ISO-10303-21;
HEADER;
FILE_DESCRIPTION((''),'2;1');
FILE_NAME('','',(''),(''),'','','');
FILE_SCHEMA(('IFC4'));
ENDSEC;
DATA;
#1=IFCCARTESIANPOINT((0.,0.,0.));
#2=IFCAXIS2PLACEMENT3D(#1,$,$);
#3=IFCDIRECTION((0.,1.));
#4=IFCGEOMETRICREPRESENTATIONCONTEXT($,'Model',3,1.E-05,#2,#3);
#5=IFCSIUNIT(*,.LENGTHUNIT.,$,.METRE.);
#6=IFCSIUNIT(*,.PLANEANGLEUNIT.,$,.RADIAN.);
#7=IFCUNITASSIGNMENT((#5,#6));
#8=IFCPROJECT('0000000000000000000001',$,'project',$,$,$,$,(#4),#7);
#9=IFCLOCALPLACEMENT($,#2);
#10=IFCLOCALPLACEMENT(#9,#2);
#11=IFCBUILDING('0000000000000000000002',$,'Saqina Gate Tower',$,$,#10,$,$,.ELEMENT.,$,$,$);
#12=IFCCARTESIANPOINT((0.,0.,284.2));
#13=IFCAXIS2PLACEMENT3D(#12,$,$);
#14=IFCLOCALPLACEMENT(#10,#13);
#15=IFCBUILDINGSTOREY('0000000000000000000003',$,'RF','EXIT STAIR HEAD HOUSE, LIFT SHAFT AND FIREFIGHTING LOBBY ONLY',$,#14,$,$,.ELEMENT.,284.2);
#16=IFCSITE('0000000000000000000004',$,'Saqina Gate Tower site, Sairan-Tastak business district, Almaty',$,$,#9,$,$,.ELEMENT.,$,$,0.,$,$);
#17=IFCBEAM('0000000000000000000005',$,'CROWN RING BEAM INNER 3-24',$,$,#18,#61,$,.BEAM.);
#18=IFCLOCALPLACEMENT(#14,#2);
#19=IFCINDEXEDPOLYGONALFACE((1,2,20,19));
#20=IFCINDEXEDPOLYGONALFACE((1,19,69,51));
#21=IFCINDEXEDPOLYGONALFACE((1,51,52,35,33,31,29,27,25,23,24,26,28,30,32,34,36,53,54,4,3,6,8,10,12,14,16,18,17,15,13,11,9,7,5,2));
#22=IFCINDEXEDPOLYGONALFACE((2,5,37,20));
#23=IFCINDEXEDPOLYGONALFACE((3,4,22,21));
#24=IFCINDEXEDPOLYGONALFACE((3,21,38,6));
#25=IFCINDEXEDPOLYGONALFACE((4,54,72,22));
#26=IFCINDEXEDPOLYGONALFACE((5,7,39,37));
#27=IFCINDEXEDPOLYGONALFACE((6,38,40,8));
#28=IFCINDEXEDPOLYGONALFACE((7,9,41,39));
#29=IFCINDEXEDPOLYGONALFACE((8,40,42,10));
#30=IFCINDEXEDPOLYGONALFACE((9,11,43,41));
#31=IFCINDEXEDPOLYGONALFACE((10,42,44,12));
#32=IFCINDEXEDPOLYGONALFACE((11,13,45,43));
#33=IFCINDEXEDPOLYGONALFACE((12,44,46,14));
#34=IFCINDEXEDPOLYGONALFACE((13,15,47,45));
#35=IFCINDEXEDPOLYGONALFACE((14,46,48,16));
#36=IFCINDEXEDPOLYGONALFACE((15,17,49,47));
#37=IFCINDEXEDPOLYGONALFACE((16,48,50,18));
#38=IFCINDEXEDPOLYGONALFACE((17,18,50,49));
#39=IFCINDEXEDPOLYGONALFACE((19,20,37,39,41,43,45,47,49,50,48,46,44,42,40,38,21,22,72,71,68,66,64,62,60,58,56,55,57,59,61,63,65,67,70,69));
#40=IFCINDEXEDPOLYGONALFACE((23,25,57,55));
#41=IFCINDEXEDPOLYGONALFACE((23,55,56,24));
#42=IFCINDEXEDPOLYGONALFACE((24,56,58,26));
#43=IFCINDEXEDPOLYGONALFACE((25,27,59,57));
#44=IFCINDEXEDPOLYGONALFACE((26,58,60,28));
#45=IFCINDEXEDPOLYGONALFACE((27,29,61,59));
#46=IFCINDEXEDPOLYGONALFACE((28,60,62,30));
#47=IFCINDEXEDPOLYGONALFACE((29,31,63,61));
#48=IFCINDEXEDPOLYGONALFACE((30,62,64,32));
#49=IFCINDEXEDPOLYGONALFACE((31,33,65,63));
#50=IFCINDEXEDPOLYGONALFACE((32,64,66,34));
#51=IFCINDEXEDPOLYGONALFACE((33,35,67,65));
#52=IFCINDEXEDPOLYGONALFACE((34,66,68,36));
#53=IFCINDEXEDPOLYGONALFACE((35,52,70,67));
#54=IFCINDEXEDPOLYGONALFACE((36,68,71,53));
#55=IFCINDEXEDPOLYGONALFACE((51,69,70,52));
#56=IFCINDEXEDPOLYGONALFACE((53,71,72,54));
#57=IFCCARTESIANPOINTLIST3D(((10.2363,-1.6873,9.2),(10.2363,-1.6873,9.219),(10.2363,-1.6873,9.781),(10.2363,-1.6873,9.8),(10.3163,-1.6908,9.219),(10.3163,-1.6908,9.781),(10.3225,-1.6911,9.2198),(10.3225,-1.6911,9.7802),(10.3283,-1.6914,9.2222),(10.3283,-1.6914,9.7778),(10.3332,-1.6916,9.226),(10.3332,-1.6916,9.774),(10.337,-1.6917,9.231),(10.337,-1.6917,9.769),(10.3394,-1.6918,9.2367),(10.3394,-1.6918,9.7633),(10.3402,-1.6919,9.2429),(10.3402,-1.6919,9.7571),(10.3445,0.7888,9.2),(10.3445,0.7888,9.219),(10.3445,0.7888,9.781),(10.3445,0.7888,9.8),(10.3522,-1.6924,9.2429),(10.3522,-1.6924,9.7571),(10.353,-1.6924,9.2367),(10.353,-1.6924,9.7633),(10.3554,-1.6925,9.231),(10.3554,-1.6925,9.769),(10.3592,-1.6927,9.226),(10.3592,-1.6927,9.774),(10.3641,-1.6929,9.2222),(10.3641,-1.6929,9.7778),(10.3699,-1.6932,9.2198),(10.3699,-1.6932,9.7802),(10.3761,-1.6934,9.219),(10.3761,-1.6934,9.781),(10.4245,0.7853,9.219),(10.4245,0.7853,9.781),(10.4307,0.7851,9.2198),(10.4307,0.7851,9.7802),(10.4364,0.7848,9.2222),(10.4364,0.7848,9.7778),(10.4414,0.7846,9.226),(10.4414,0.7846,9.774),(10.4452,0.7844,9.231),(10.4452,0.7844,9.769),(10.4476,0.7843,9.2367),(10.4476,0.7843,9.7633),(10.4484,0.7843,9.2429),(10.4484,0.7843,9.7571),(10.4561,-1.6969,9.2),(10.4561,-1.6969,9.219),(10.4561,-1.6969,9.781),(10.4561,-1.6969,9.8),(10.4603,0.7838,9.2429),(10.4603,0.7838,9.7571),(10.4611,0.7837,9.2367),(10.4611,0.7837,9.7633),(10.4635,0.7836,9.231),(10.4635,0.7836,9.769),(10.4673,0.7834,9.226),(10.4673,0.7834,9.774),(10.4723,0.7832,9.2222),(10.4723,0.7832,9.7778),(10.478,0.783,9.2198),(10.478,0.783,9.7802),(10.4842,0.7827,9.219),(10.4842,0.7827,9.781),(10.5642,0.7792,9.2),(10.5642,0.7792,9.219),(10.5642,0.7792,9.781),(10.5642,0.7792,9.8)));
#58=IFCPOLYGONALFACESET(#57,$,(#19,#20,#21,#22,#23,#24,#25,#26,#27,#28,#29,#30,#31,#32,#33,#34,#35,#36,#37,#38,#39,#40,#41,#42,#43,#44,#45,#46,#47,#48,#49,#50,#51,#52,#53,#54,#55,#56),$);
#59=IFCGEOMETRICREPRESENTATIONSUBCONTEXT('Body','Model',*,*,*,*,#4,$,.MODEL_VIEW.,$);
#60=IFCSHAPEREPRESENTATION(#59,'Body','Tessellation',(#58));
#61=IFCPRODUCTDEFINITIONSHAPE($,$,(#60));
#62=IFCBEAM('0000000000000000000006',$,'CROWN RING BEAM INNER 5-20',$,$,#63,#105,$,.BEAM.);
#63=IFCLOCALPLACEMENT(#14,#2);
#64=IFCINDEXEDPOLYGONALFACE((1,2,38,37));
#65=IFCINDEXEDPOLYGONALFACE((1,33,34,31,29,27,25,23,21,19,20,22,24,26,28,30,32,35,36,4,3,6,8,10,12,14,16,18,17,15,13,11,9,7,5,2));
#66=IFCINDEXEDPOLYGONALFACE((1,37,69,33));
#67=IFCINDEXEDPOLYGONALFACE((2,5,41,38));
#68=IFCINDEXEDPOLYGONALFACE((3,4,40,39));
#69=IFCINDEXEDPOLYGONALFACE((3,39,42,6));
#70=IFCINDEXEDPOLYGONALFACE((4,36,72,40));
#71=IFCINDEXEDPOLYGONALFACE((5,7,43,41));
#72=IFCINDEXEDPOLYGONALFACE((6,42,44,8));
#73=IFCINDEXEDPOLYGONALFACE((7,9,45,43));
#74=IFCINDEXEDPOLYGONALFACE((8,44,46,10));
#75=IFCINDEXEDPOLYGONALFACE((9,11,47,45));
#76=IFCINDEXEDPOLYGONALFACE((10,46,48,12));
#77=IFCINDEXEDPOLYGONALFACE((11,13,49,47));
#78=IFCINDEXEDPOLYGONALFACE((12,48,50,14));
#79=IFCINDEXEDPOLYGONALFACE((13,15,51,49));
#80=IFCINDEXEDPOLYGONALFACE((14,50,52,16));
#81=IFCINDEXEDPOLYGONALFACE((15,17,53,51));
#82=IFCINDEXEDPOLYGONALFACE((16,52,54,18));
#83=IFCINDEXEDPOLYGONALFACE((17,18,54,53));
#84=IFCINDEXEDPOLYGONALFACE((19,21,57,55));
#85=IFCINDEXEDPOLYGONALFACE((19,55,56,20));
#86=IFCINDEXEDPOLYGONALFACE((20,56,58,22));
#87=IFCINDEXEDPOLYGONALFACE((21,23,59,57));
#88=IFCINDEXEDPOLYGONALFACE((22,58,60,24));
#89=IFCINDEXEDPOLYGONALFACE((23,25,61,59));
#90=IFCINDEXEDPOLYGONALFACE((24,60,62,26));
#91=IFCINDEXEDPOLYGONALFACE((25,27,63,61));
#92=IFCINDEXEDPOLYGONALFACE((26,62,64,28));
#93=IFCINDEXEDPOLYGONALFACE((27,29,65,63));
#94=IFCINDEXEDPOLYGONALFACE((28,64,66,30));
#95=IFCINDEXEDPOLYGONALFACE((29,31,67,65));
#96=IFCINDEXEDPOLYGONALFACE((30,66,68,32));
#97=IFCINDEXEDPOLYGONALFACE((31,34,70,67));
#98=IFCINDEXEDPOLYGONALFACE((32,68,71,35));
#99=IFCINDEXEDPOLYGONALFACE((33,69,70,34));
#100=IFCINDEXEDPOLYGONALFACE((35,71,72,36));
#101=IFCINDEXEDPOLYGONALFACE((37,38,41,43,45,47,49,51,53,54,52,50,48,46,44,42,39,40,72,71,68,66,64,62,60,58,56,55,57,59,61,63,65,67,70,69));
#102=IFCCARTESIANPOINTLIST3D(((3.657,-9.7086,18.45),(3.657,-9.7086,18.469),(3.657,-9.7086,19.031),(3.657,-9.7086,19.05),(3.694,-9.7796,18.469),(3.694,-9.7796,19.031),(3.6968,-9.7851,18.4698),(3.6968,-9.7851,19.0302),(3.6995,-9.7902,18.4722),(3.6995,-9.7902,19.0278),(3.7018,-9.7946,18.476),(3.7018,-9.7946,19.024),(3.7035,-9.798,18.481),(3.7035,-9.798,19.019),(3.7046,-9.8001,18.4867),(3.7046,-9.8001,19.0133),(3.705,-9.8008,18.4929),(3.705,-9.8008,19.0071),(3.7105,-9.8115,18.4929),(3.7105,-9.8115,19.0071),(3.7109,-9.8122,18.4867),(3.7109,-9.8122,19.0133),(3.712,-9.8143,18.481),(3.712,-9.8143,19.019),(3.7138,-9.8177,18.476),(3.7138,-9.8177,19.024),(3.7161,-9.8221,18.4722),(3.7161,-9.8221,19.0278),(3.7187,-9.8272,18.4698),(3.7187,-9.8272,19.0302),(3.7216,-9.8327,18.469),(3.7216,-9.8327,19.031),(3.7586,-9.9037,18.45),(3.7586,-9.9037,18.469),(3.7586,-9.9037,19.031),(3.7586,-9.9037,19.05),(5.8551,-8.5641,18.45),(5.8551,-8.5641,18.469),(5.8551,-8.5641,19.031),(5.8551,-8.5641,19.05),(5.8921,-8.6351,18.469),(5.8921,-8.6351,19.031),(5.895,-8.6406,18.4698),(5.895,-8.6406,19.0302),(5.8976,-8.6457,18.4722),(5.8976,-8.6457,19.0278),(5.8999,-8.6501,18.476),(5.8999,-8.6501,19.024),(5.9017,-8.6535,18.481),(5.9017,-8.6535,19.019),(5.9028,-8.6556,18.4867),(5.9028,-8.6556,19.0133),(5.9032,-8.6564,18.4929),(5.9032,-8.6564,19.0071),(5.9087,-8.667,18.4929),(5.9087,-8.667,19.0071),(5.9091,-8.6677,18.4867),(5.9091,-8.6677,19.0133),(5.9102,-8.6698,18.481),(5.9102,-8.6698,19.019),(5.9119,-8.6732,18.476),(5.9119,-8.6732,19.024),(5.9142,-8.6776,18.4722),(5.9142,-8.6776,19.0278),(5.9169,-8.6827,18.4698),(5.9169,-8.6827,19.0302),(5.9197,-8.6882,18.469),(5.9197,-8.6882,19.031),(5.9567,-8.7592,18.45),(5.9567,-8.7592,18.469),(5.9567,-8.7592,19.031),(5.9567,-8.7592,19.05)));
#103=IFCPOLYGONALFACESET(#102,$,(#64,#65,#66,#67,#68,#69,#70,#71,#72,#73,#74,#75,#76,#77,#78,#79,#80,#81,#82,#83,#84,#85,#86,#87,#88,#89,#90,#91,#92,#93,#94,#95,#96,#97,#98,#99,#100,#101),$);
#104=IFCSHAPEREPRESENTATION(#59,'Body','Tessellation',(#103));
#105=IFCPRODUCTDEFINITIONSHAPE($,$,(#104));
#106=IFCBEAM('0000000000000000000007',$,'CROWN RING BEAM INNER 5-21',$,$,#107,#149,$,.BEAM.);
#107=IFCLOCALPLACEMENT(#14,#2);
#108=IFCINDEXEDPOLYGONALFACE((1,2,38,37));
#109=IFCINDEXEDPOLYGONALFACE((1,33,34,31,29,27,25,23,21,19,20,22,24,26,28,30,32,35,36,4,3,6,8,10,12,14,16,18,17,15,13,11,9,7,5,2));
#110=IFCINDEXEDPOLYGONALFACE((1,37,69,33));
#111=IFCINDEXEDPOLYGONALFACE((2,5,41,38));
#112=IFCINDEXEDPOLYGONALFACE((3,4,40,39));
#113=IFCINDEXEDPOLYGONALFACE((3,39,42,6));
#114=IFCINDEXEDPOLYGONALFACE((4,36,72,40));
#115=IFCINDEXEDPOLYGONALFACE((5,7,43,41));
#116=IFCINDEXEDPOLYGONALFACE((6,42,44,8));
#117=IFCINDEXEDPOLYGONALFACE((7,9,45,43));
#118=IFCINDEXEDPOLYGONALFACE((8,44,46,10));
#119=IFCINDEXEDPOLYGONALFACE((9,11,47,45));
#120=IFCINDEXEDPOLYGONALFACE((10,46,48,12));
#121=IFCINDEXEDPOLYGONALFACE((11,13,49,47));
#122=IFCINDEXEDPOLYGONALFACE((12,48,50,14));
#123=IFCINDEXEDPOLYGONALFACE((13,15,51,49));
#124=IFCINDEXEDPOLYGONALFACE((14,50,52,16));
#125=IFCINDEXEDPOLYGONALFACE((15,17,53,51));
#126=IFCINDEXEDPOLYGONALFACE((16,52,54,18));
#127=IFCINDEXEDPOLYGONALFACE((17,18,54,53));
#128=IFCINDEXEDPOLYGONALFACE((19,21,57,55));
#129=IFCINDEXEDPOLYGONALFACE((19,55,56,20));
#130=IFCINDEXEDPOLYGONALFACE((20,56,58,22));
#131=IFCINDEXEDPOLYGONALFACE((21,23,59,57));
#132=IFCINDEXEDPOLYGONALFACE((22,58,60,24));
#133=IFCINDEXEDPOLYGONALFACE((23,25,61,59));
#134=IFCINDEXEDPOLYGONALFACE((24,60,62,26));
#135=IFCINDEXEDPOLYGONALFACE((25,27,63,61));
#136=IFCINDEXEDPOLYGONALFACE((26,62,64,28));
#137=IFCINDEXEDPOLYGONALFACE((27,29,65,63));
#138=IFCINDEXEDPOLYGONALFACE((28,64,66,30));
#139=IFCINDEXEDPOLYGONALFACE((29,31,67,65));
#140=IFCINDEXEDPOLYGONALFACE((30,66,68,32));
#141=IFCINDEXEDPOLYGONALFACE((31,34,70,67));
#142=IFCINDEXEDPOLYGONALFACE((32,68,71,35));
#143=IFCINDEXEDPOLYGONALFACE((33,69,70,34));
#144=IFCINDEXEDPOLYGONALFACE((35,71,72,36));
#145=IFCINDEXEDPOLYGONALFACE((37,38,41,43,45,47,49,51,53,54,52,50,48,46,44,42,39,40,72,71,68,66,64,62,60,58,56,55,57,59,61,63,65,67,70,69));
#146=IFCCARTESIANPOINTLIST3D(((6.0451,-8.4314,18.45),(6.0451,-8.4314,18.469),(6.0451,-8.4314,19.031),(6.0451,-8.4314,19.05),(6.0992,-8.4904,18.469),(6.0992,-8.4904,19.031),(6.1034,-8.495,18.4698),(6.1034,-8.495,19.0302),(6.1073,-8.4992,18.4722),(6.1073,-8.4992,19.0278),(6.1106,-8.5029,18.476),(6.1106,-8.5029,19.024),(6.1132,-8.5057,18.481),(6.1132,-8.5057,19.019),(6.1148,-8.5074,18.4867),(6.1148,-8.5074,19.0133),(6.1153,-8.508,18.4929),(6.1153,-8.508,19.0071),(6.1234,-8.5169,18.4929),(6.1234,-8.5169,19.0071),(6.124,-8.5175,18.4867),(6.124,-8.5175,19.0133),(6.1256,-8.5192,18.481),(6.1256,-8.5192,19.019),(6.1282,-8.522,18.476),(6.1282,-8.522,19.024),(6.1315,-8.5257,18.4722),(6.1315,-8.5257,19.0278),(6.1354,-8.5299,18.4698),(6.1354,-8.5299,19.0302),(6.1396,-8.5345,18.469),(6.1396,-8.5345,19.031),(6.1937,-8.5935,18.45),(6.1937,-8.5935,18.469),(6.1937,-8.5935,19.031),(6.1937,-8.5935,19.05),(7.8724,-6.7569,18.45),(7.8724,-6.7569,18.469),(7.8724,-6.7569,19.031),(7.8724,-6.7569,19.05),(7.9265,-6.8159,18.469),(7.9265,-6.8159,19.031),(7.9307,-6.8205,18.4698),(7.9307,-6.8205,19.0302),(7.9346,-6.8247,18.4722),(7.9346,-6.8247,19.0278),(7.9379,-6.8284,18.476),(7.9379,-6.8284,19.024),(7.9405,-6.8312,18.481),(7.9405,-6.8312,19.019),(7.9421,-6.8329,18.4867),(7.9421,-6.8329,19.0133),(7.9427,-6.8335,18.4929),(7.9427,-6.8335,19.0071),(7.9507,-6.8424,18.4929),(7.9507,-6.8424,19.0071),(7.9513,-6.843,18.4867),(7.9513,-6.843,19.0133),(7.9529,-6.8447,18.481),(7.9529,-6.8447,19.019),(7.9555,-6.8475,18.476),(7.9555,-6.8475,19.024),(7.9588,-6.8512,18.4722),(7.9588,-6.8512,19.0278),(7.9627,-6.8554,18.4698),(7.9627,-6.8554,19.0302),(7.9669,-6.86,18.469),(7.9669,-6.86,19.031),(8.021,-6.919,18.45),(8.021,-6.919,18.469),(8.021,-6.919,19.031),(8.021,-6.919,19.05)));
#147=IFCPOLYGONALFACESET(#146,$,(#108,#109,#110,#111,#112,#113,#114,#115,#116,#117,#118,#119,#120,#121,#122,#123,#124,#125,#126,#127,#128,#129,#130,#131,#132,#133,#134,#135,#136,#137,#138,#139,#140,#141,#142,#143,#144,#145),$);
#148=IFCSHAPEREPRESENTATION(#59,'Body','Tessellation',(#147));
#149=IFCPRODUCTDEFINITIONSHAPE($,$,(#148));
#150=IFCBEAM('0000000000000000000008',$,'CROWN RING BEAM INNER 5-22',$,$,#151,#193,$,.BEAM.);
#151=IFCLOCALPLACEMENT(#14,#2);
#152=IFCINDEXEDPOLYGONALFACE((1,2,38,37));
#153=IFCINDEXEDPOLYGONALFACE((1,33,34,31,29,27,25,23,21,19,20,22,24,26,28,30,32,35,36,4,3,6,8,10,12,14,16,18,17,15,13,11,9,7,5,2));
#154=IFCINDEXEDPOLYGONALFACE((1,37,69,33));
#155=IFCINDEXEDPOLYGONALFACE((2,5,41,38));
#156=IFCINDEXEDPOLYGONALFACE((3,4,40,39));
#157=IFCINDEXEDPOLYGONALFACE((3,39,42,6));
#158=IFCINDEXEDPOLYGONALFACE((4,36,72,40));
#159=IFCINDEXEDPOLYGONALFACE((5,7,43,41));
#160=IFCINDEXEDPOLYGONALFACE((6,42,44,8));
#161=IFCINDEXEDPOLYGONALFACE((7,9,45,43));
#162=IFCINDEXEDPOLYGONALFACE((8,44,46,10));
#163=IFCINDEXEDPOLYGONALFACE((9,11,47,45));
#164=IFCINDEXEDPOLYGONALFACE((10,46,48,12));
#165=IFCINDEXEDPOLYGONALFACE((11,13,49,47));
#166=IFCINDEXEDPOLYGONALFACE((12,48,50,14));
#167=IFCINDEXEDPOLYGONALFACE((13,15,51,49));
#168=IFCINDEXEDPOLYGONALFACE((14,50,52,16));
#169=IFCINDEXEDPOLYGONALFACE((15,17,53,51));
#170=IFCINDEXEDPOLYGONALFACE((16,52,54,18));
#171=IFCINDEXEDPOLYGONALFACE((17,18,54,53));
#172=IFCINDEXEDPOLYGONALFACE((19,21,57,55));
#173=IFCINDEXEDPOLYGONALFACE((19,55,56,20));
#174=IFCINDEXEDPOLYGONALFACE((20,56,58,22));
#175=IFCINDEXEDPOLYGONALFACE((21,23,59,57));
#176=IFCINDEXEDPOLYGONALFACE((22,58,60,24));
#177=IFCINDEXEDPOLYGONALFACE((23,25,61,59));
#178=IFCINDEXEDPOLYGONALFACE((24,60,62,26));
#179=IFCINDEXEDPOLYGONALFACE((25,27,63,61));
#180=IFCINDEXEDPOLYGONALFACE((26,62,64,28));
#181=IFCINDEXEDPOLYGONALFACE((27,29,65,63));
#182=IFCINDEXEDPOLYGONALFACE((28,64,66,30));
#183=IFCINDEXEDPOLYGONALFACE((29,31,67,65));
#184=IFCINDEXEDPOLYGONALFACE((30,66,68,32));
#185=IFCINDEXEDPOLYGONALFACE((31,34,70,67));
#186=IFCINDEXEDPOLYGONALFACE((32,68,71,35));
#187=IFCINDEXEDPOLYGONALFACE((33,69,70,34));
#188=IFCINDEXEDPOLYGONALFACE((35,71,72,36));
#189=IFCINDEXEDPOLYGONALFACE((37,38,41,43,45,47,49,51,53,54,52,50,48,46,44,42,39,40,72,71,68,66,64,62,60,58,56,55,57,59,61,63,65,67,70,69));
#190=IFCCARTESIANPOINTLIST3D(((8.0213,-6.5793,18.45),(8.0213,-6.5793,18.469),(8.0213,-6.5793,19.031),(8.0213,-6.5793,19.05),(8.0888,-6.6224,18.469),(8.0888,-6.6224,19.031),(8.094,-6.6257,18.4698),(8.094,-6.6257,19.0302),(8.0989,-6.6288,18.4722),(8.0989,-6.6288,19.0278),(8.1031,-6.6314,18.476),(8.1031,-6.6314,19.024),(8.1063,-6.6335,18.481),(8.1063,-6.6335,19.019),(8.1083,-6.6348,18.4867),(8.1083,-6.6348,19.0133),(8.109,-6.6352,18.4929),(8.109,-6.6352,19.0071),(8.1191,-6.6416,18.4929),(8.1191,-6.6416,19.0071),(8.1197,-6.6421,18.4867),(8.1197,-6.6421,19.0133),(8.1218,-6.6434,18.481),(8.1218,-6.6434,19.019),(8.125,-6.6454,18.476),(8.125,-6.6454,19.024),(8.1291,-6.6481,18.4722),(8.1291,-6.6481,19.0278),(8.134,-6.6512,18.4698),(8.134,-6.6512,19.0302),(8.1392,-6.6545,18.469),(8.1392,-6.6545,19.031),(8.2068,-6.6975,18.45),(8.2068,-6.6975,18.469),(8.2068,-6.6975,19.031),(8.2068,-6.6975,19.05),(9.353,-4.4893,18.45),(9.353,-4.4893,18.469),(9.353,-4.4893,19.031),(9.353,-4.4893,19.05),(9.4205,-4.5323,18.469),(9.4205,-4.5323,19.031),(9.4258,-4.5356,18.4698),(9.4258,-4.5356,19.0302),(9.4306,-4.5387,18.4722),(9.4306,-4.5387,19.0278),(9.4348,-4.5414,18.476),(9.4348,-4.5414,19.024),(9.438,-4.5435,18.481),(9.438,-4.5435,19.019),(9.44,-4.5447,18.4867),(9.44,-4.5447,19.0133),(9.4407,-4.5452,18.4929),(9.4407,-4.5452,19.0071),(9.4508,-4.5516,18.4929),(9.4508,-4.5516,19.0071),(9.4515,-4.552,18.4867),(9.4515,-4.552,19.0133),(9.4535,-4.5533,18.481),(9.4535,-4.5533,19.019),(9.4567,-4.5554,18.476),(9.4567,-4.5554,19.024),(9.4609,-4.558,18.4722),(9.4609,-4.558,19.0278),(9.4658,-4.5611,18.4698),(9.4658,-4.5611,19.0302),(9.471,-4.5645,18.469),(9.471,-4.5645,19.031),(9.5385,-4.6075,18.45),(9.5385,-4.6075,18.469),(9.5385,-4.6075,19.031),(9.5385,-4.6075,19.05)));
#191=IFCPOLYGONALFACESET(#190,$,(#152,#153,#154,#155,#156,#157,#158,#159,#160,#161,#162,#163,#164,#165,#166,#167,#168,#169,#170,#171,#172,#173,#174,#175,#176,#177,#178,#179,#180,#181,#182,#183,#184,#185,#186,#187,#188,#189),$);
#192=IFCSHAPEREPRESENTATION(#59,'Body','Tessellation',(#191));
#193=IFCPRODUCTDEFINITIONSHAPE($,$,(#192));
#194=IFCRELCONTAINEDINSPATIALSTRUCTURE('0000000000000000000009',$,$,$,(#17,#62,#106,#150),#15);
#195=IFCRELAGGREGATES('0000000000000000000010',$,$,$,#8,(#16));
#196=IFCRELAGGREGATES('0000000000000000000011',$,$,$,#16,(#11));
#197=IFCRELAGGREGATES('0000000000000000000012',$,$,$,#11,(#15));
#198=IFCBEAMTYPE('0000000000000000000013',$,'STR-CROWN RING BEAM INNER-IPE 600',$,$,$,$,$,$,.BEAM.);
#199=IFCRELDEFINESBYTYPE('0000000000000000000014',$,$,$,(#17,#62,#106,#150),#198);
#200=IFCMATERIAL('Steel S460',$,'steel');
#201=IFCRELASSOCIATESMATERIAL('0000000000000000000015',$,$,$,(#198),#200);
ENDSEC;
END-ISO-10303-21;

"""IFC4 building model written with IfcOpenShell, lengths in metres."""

from ifc_helpers import new_model, si_unit, direction, frame, origin, origin_2d, place, context, subcontext, project, spatial, i_section, extrude, material, material_profile, profile_set, type_object, element, save


model = new_model("IFC4")

# Units and contexts
model_context = context("Model", 3, precision=1e-05, world=origin(), true_north=direction((0.0, 1.0)))
body_context = subcontext(model_context, "Body", "Model", "MODEL_VIEW")
ifc_project = project(units=[si_unit("LENGTHUNIT", "METRE"), si_unit("PLANEANGLEUNIT", "RADIAN")], contexts=[model_context])

# Site, building, storey
site_placement = place(None, origin())
site = spatial("IfcSite", under=ifc_project, at=site_placement, Name="Saqina Gate Tower site, Sairan-Tastak business district, Almaty", CompositionType="ELEMENT", RefElevation=0.0)
building_placement = place(site_placement, origin())
building = spatial("IfcBuilding", under=site, at=building_placement, Name="Saqina Gate Tower", CompositionType="ELEMENT")
storey_placement = place(building_placement, frame((0.0, 0.0, 284.2)))
storey = spatial("IfcBuildingStorey", under=building, at=storey_placement, Name="RF", Description="EXIT STAIR HEAD HOUSE, LIFT SHAFT AND FIREFIGHTING LOBBY ONLY", CompositionType="ELEMENT", Elevation=284.2)

# Beams
ifc_material_1 = material(Name="Steel S460", Category="steel")
ifc_material_profile_1 = material_profile(ifc_material_1, i_section(OverallWidth=0.22, OverallDepth=0.6001, WebThickness=0.012, FlangeThickness=0.019, FilletRadius=0.0239, at=origin_2d()), Name="IPE 600")
ifc_profile_set_1 = profile_set([ifc_material_profile_1], Name="Steel S460")
beam_type_1 = type_object("IfcBeamType", Name="STR-CROWN RING BEAM INNER-IPE 600", PredefinedType="BEAM", material=ifc_profile_set_1)
for number, where, z_axis, x_axis, name in (
    (1, (10.3462, -1.6921, 9.5), (0.043638, 0.999047, 0.0), (-0.999047, 0.043638, 0.0), "CROWN RING BEAM INNER 3-24"),
):
    element("IfcBeam", number, at=place(storey_placement, frame(where, z_axis=z_axis, x_axis=x_axis)), inside=storey, type_object=beam_type_1, Name=name, PredefinedType="BEAM", context=body_context, shape_type="SweptSolid", body=[
        extrude(i_section(OverallWidth=0.22, OverallDepth=0.6001, WebThickness=0.012, FlangeThickness=0.019, FilletRadius=0.0239, at=origin_2d()), origin(), (0.0, 0.0, 1.0), 2.4785),
    ])
beam_1_placement = place(storey_placement, frame((3.7078, -9.8062, 18.75), z_axis=(0.886978, 0.461812, 0.0), x_axis=(-0.461812, 0.886978, 0.0)))
element("IfcBeam", 2, at=beam_1_placement, inside=storey, type_object=beam_type_1, Name="CROWN RING BEAM INNER 5-20", PredefinedType="BEAM", context=body_context, shape_type="SweptSolid", body=[
    extrude(i_section(OverallWidth=0.22, OverallDepth=0.6001, WebThickness=0.012, FlangeThickness=0.019, FilletRadius=0.0239, at=origin_2d()), origin(), (0.0, 0.0, 1.0), 2.4783),
])
beam_2_placement = place(storey_placement, frame((6.1194, -8.5125, 18.75), z_axis=(0.737265, 0.675604, 0.0), x_axis=(-0.675604, 0.737265, 0.0)))
element("IfcBeam", 3, at=beam_2_placement, inside=storey, type_object=beam_type_1, Name="CROWN RING BEAM INNER 5-21", PredefinedType="BEAM", context=body_context, shape_type="SweptSolid", body=[
    extrude(i_section(OverallWidth=0.22, OverallDepth=0.6001, WebThickness=0.012, FlangeThickness=0.019, FilletRadius=0.0239, at=origin_2d()), origin(), (0.0, 0.0, 1.0), 2.4785),
])
beam_3_placement = place(storey_placement, frame((8.114, -6.6384, 18.75), z_axis=(0.537373, 0.843345, 0.0), x_axis=(-0.843345, 0.537373, 0.0)))
element("IfcBeam", 4, at=beam_3_placement, inside=storey, type_object=beam_type_1, Name="CROWN RING BEAM INNER 5-22", PredefinedType="BEAM", context=body_context, shape_type="SweptSolid", body=[
    extrude(i_section(OverallWidth=0.22, OverallDepth=0.6001, WebThickness=0.012, FlangeThickness=0.019, FilletRadius=0.0239, at=origin_2d()), origin(), (0.0, 0.0, 1.0), 2.4783),
])

save(model, "model.ifc")
